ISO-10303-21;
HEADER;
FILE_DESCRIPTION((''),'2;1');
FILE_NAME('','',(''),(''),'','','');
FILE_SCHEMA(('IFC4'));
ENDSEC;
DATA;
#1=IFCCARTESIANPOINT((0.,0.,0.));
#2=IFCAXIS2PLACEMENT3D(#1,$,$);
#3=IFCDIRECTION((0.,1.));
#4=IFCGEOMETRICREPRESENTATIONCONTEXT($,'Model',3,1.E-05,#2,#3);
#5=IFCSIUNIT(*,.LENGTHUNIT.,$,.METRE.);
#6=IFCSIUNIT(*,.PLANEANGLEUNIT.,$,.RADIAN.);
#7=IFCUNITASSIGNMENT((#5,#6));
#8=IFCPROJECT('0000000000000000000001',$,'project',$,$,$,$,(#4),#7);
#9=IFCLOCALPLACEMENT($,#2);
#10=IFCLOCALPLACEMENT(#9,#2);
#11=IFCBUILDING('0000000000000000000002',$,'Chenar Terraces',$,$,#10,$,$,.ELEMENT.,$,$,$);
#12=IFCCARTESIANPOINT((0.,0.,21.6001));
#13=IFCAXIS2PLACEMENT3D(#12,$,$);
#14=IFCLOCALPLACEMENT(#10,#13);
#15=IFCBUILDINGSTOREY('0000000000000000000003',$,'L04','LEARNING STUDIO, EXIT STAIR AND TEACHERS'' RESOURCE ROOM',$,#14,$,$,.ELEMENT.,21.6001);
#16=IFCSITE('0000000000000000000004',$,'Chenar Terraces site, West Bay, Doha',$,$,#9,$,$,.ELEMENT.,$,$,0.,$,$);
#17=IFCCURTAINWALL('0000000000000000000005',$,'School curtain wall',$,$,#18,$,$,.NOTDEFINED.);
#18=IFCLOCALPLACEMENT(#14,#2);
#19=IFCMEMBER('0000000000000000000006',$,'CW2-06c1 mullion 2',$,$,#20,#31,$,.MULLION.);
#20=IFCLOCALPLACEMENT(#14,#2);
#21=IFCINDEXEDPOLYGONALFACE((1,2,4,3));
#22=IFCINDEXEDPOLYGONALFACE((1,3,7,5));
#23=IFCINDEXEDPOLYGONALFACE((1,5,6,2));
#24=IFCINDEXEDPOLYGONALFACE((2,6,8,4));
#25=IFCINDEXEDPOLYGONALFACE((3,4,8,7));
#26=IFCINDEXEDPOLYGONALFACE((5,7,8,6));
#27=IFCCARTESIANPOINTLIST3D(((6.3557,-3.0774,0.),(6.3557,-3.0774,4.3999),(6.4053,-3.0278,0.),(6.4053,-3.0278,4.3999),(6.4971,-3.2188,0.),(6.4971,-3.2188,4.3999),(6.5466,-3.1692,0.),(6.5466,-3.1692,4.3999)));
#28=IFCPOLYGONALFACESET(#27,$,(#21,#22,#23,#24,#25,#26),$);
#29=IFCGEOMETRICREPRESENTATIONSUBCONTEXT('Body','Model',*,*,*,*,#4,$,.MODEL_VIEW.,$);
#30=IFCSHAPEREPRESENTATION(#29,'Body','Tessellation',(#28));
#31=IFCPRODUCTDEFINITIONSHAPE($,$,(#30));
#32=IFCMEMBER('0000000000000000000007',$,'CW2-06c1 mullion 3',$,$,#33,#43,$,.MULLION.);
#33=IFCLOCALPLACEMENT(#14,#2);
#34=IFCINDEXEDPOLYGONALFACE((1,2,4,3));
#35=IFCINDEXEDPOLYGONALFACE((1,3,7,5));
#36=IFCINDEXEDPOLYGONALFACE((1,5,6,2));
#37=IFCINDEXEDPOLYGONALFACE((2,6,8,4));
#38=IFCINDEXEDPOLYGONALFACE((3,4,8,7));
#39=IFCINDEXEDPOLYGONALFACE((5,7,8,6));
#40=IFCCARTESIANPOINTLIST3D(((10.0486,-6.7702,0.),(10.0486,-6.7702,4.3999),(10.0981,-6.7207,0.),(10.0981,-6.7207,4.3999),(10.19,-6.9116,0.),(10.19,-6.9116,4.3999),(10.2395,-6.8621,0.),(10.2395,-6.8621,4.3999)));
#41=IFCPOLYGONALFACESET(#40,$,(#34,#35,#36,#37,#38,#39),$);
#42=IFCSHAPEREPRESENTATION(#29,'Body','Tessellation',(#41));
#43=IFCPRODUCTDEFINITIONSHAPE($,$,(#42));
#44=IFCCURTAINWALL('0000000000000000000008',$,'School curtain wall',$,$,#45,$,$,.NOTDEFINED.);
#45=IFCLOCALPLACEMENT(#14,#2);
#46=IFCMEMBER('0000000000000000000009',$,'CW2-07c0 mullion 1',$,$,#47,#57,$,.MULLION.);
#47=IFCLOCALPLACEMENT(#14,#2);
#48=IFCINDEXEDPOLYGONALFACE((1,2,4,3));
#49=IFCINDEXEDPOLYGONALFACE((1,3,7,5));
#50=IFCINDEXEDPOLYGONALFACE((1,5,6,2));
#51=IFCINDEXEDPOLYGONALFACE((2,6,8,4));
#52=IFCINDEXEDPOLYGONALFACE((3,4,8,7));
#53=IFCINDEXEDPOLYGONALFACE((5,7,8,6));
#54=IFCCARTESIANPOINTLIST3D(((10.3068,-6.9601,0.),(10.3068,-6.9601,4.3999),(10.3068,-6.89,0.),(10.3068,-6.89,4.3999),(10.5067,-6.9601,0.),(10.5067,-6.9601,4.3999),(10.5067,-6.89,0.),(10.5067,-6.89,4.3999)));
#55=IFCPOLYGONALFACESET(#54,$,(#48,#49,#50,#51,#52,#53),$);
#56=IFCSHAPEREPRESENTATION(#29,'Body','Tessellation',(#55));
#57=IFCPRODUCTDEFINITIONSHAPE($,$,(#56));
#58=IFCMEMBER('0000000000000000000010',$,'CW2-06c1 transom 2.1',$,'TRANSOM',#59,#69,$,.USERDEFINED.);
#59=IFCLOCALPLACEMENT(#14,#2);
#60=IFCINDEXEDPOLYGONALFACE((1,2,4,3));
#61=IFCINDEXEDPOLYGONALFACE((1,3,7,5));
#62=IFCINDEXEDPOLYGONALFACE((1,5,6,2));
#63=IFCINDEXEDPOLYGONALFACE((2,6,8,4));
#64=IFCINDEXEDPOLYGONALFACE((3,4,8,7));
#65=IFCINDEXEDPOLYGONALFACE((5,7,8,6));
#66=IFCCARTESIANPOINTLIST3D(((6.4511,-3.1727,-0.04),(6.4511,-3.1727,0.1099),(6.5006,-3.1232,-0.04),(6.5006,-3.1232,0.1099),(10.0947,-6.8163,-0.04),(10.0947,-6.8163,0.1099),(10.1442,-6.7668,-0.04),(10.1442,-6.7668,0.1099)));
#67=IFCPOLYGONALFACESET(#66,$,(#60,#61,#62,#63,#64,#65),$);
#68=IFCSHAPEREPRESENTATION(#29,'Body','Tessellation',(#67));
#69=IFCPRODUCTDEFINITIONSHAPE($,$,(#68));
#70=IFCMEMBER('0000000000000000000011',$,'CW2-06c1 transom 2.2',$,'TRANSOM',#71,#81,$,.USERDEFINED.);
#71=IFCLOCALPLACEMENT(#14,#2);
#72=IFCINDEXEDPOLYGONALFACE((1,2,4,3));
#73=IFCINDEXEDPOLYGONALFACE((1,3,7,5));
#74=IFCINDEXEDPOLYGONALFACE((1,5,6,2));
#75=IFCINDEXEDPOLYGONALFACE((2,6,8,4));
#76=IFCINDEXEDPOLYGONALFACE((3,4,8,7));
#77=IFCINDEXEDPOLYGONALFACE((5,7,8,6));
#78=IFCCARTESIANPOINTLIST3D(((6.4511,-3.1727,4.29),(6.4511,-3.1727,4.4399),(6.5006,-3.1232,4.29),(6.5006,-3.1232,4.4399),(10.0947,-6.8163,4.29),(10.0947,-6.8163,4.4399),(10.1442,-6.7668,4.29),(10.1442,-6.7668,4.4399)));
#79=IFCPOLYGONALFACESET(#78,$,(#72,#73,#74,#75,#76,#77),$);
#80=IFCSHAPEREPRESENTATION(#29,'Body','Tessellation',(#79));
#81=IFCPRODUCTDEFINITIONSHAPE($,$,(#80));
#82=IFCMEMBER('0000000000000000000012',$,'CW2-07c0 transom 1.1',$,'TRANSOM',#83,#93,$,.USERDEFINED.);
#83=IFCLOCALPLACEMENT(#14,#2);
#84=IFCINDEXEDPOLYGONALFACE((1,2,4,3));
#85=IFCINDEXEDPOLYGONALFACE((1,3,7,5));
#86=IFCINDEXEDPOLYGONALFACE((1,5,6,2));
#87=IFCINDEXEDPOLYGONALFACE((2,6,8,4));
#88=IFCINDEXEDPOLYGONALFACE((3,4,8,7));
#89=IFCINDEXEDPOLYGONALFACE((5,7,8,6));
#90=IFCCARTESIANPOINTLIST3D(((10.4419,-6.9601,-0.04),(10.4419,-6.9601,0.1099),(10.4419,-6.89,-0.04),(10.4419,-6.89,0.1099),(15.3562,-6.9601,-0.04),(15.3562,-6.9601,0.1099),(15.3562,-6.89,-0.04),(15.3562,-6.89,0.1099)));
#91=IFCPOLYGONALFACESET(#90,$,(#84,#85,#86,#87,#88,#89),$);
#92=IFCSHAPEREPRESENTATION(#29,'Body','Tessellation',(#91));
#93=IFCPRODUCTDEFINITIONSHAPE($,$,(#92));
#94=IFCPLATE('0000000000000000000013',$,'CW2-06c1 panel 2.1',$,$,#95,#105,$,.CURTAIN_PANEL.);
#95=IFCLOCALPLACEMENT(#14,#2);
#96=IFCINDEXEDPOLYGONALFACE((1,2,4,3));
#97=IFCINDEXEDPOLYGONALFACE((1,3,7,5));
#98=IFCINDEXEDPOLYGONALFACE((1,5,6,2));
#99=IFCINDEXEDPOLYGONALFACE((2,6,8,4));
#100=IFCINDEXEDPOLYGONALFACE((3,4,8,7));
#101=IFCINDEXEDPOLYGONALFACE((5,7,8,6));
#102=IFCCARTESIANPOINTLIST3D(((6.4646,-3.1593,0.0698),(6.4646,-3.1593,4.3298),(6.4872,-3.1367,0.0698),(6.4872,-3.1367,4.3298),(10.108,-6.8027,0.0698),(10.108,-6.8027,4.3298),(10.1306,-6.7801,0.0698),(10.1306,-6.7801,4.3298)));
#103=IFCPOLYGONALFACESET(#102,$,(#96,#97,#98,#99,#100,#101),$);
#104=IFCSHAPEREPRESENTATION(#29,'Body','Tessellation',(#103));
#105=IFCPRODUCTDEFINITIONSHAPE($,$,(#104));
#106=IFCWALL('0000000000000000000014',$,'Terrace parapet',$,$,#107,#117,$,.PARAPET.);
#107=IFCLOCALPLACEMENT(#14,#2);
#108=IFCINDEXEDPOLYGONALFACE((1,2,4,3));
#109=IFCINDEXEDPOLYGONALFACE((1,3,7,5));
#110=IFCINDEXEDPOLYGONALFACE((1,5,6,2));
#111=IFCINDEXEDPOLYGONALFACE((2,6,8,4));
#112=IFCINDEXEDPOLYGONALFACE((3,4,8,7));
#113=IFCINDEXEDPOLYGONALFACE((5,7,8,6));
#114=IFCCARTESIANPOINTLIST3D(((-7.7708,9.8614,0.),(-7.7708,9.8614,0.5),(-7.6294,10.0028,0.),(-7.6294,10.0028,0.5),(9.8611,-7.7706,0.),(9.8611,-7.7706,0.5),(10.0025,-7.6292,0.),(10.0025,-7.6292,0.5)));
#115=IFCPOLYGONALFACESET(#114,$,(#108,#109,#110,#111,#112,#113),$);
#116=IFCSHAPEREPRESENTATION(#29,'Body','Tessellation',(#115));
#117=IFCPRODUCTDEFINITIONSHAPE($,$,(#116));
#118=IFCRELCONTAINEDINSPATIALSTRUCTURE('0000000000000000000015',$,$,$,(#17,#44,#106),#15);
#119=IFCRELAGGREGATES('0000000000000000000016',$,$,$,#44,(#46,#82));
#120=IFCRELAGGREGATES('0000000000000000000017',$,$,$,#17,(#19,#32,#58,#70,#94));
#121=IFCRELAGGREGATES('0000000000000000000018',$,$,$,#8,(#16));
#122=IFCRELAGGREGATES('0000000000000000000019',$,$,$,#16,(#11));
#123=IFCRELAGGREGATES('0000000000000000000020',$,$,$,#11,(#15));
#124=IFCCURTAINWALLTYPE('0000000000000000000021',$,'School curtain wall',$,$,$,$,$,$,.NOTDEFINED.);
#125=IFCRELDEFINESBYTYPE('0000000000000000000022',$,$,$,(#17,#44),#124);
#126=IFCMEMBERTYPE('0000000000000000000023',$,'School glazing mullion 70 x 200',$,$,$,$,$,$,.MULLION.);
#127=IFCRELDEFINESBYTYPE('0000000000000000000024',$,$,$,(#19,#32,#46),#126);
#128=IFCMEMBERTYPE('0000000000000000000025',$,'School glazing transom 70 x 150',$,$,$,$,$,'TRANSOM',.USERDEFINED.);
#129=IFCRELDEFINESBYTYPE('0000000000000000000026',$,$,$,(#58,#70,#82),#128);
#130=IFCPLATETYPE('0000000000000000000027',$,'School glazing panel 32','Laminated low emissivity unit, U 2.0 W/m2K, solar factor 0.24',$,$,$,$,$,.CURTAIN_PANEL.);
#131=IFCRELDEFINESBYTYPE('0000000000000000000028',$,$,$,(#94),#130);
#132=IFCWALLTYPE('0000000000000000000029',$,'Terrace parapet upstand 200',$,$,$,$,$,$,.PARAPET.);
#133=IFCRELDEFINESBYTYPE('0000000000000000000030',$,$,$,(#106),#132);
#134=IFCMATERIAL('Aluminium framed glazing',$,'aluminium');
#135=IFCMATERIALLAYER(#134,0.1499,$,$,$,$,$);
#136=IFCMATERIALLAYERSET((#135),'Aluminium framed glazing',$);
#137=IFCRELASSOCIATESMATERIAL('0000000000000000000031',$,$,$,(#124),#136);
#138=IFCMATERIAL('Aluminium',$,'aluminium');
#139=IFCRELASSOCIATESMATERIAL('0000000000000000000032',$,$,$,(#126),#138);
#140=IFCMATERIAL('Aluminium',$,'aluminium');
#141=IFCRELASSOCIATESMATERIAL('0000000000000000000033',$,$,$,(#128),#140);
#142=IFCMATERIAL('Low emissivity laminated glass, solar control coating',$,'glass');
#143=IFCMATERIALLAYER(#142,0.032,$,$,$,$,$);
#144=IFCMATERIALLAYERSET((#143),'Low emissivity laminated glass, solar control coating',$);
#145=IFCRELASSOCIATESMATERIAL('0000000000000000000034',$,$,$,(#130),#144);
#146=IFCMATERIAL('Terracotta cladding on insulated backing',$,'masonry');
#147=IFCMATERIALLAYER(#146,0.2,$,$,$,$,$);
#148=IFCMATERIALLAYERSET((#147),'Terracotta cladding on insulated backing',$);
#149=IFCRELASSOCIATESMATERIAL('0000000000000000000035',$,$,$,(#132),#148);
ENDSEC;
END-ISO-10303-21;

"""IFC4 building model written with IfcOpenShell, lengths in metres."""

from ifc_helpers import new_model, si_unit, direction, frame, frame_2d, origin, origin_2d, place, context, subcontext, project, spatial, rectangle, extrude, material, layer, layer_set, material_profile, profile_set, type_object, element, aggregate, save


model = new_model("IFC4")

# Units and contexts
model_context = context("Model", 3, precision=1e-05, world=origin(), true_north=direction((0.0, 1.0)))
body_context = subcontext(model_context, "Body", "Model", "MODEL_VIEW")
ifc_project = project(units=[si_unit("LENGTHUNIT", "METRE"), si_unit("PLANEANGLEUNIT", "RADIAN")], contexts=[model_context])

# Site, building, storey
site_placement = place(None, origin())
site = spatial("IfcSite", under=ifc_project, at=site_placement, Name="Chenar Terraces site, West Bay, Doha", CompositionType="ELEMENT", RefElevation=0.0)
building_placement = place(site_placement, origin())
building = spatial("IfcBuilding", under=site, at=building_placement, Name="Chenar Terraces", CompositionType="ELEMENT")
storey_placement = place(building_placement, frame((0.0, 0.0, 21.6001)))
storey = spatial("IfcBuildingStorey", under=building, at=storey_placement, Name="L04", Description="LEARNING STUDIO, EXIT STAIR AND TEACHERS' RESOURCE ROOM", CompositionType="ELEMENT", Elevation=21.6001)

# Curtain wall, members
ifc_material_1 = material(Name="Aluminium framed glazing", Category="aluminium")
ifc_layer_1 = layer(ifc_material_1, 0.1499)
ifc_layer_set_1 = layer_set([ifc_layer_1], Name="Aluminium framed glazing")
curtain_wall_type = type_object("IfcCurtainWallType", Name="School curtain wall", PredefinedType="NOTDEFINED", material=ifc_layer_set_1)
placement = place(storey_placement, origin())
curtain_wall_1 = element("IfcCurtainWall", 1, at=placement, inside=storey, type_object=curtain_wall_type, Name="School curtain wall", PredefinedType="NOTDEFINED")
ifc_material_2 = material(Name="Aluminium", Category="aluminium")
ifc_material_profile_1 = material_profile(ifc_material_2, rectangle(XDim=0.0701, YDim=0.2, at=origin_2d()), Name="School glazing mullion 70 x 200")
ifc_profile_set_1 = profile_set([ifc_material_profile_1], Name="Aluminium")
member_type_1 = type_object("IfcMemberType", Name="School glazing mullion 70 x 200", PredefinedType="MULLION", material=ifc_profile_set_1)
member_1_placement = place(storey_placement, frame((6.4512, -3.1233, 0.0), z_axis=(0.0, 0.0, 1.0), x_axis=(0.707107, 0.707107, 0.0)))
member_1 = element("IfcMember", 2, at=member_1_placement, type_object=member_type_1, Name="CW2-06c1 mullion 2", PredefinedType="MULLION", context=body_context, shape_type="SweptSolid", body=[
    extrude(rectangle(XDim=0.0701, YDim=0.2, at=origin_2d()), origin(), (0.0, 0.0, 1.0), 4.3999),
])
member_2_placement = place(storey_placement, frame((10.144, -6.8162, 0.0), z_axis=(0.0, 0.0, 1.0), x_axis=(0.707107, 0.707107, 0.0)))
member_2 = element("IfcMember", 3, at=member_2_placement, type_object=member_type_1, Name="CW2-06c1 mullion 3", PredefinedType="MULLION", context=body_context, shape_type="SweptSolid", body=[
    extrude(rectangle(XDim=0.0701, YDim=0.2, at=origin_2d()), origin(), (0.0, 0.0, 1.0), 4.3999),
])

# Curtain wall, member
curtain_wall_2 = element("IfcCurtainWall", 4, at=placement, inside=storey, type_object=curtain_wall_type, Name="School curtain wall", PredefinedType="NOTDEFINED")
member_3_placement = place(storey_placement, frame((10.4067, -6.925, 0.0), z_axis=(0.0, 0.0, 1.0), x_axis=(0.0, 1.0, 0.0)))
member_3 = element("IfcMember", 5, at=member_3_placement, type_object=member_type_1, Name="CW2-07c0 mullion 1", PredefinedType="MULLION", context=body_context, shape_type="SweptSolid", body=[
    extrude(rectangle(XDim=0.0701, YDim=0.2, at=origin_2d()), origin(), (0.0, 0.0, 1.0), 4.3999),
])

# Members
ifc_material_3 = material(Name="Aluminium", Category="aluminium")
ifc_material_profile_2 = material_profile(ifc_material_3, rectangle(XDim=0.0701, YDim=0.1499, at=origin_2d()), Name="School glazing transom 70 x 150")
ifc_profile_set_2 = profile_set([ifc_material_profile_2], Name="Aluminium")
member_type_2 = type_object("IfcMemberType", Name="School glazing transom 70 x 150", ElementType="TRANSOM", PredefinedType="USERDEFINED", material=ifc_profile_set_2)
member_4_placement = place(storey_placement, frame((6.4758, -3.1479, 0.0349), z_axis=(0.707107, -0.707107, 0.0), x_axis=(0.707107, 0.707107, 0.0)))
member_4 = element("IfcMember", 6, at=member_4_placement, type_object=member_type_2, Name="CW2-06c1 transom 2.1", ObjectType="TRANSOM", PredefinedType="USERDEFINED", context=body_context, shape_type="SweptSolid", body=[
    extrude(rectangle(XDim=0.0701, YDim=0.1499, at=origin_2d()), origin(), (0.0, 0.0, 1.0), 5.1528),
])
member_5_placement = place(storey_placement, frame((6.4758, -3.1479, 4.365), z_axis=(0.707107, -0.707107, 0.0), x_axis=(0.707107, 0.707107, 0.0)))
member_5 = element("IfcMember", 7, at=member_5_placement, type_object=member_type_2, Name="CW2-06c1 transom 2.2", ObjectType="TRANSOM", PredefinedType="USERDEFINED", context=body_context, shape_type="SweptSolid", body=[
    extrude(rectangle(XDim=0.0701, YDim=0.1499, at=origin_2d()), origin(), (0.0, 0.0, 1.0), 5.1528),
])
member_6_placement = place(storey_placement, frame((10.4419, -6.925, 0.0349), z_axis=(1.0, 0.0, 0.0), x_axis=(0.0, 1.0, 0.0)))
member_6 = element("IfcMember", 8, at=member_6_placement, type_object=member_type_2, Name="CW2-07c0 transom 1.1", ObjectType="TRANSOM", PredefinedType="USERDEFINED", context=body_context, shape_type="SweptSolid", body=[
    extrude(rectangle(XDim=0.0701, YDim=0.1499, at=origin_2d()), origin(), (0.0, 0.0, 1.0), 4.9143),
])
aggregate(curtain_wall_2, [member_3, member_6])

# Plate
ifc_material_4 = material(Name="Low emissivity laminated glass, solar control coating", Category="glass")
ifc_layer_2 = layer(ifc_material_4, 0.032)
ifc_layer_set_2 = layer_set([ifc_layer_2], Name="Low emissivity laminated glass, solar control coating")
plate_type = type_object("IfcPlateType", Name="School glazing panel 32", Description="Laminated low emissivity unit, U 2.0 W/m2K, solar factor 0.24", PredefinedType="CURTAIN_PANEL", material=ifc_layer_set_2)
plate_placement = place(storey_placement, frame((8.2976, -4.9697, 0.0698), z_axis=(0.0, 0.0, 1.0), x_axis=(0.707107, -0.707107, 0.0)))
plate = element("IfcPlate", 9, at=plate_placement, type_object=plate_type, Name="CW2-06c1 panel 2.1", PredefinedType="CURTAIN_PANEL", context=body_context, shape_type="SweptSolid", body=[
    extrude(rectangle(XDim=5.1526, YDim=0.032, at=origin_2d()), origin(), (0.0, 0.0, 1.0), 4.26),
])
aggregate(curtain_wall_1, [member_1, member_2, member_4, member_5, plate])

# Wall
ifc_material_5 = material(Name="Terracotta cladding on insulated backing", Category="masonry")
ifc_layer_3 = layer(ifc_material_5, 0.2)
ifc_layer_set_3 = layer_set([ifc_layer_3], Name="Terracotta cladding on insulated backing")
wall_type = type_object("IfcWallType", Name="Terrace parapet upstand 200", PredefinedType="PARAPET", material=ifc_layer_set_3)
wall_placement = place(storey_placement, frame((9.9319, -7.7, 0.0), z_axis=(0.0, 0.0, 1.0), x_axis=(-0.707107, 0.707107, 0.0)))
element("IfcWall", 10, at=wall_placement, inside=storey, type_object=wall_type, Name="Terrace parapet", PredefinedType="PARAPET", context=body_context, shape_type="SweptSolid", body=[
    extrude(rectangle(XDim=24.9353, YDim=0.2, at=frame_2d((12.4678, 0.0))), origin(), (0.0, 0.0, 1.0), 0.5),
])

save(model, "model.ifc")
